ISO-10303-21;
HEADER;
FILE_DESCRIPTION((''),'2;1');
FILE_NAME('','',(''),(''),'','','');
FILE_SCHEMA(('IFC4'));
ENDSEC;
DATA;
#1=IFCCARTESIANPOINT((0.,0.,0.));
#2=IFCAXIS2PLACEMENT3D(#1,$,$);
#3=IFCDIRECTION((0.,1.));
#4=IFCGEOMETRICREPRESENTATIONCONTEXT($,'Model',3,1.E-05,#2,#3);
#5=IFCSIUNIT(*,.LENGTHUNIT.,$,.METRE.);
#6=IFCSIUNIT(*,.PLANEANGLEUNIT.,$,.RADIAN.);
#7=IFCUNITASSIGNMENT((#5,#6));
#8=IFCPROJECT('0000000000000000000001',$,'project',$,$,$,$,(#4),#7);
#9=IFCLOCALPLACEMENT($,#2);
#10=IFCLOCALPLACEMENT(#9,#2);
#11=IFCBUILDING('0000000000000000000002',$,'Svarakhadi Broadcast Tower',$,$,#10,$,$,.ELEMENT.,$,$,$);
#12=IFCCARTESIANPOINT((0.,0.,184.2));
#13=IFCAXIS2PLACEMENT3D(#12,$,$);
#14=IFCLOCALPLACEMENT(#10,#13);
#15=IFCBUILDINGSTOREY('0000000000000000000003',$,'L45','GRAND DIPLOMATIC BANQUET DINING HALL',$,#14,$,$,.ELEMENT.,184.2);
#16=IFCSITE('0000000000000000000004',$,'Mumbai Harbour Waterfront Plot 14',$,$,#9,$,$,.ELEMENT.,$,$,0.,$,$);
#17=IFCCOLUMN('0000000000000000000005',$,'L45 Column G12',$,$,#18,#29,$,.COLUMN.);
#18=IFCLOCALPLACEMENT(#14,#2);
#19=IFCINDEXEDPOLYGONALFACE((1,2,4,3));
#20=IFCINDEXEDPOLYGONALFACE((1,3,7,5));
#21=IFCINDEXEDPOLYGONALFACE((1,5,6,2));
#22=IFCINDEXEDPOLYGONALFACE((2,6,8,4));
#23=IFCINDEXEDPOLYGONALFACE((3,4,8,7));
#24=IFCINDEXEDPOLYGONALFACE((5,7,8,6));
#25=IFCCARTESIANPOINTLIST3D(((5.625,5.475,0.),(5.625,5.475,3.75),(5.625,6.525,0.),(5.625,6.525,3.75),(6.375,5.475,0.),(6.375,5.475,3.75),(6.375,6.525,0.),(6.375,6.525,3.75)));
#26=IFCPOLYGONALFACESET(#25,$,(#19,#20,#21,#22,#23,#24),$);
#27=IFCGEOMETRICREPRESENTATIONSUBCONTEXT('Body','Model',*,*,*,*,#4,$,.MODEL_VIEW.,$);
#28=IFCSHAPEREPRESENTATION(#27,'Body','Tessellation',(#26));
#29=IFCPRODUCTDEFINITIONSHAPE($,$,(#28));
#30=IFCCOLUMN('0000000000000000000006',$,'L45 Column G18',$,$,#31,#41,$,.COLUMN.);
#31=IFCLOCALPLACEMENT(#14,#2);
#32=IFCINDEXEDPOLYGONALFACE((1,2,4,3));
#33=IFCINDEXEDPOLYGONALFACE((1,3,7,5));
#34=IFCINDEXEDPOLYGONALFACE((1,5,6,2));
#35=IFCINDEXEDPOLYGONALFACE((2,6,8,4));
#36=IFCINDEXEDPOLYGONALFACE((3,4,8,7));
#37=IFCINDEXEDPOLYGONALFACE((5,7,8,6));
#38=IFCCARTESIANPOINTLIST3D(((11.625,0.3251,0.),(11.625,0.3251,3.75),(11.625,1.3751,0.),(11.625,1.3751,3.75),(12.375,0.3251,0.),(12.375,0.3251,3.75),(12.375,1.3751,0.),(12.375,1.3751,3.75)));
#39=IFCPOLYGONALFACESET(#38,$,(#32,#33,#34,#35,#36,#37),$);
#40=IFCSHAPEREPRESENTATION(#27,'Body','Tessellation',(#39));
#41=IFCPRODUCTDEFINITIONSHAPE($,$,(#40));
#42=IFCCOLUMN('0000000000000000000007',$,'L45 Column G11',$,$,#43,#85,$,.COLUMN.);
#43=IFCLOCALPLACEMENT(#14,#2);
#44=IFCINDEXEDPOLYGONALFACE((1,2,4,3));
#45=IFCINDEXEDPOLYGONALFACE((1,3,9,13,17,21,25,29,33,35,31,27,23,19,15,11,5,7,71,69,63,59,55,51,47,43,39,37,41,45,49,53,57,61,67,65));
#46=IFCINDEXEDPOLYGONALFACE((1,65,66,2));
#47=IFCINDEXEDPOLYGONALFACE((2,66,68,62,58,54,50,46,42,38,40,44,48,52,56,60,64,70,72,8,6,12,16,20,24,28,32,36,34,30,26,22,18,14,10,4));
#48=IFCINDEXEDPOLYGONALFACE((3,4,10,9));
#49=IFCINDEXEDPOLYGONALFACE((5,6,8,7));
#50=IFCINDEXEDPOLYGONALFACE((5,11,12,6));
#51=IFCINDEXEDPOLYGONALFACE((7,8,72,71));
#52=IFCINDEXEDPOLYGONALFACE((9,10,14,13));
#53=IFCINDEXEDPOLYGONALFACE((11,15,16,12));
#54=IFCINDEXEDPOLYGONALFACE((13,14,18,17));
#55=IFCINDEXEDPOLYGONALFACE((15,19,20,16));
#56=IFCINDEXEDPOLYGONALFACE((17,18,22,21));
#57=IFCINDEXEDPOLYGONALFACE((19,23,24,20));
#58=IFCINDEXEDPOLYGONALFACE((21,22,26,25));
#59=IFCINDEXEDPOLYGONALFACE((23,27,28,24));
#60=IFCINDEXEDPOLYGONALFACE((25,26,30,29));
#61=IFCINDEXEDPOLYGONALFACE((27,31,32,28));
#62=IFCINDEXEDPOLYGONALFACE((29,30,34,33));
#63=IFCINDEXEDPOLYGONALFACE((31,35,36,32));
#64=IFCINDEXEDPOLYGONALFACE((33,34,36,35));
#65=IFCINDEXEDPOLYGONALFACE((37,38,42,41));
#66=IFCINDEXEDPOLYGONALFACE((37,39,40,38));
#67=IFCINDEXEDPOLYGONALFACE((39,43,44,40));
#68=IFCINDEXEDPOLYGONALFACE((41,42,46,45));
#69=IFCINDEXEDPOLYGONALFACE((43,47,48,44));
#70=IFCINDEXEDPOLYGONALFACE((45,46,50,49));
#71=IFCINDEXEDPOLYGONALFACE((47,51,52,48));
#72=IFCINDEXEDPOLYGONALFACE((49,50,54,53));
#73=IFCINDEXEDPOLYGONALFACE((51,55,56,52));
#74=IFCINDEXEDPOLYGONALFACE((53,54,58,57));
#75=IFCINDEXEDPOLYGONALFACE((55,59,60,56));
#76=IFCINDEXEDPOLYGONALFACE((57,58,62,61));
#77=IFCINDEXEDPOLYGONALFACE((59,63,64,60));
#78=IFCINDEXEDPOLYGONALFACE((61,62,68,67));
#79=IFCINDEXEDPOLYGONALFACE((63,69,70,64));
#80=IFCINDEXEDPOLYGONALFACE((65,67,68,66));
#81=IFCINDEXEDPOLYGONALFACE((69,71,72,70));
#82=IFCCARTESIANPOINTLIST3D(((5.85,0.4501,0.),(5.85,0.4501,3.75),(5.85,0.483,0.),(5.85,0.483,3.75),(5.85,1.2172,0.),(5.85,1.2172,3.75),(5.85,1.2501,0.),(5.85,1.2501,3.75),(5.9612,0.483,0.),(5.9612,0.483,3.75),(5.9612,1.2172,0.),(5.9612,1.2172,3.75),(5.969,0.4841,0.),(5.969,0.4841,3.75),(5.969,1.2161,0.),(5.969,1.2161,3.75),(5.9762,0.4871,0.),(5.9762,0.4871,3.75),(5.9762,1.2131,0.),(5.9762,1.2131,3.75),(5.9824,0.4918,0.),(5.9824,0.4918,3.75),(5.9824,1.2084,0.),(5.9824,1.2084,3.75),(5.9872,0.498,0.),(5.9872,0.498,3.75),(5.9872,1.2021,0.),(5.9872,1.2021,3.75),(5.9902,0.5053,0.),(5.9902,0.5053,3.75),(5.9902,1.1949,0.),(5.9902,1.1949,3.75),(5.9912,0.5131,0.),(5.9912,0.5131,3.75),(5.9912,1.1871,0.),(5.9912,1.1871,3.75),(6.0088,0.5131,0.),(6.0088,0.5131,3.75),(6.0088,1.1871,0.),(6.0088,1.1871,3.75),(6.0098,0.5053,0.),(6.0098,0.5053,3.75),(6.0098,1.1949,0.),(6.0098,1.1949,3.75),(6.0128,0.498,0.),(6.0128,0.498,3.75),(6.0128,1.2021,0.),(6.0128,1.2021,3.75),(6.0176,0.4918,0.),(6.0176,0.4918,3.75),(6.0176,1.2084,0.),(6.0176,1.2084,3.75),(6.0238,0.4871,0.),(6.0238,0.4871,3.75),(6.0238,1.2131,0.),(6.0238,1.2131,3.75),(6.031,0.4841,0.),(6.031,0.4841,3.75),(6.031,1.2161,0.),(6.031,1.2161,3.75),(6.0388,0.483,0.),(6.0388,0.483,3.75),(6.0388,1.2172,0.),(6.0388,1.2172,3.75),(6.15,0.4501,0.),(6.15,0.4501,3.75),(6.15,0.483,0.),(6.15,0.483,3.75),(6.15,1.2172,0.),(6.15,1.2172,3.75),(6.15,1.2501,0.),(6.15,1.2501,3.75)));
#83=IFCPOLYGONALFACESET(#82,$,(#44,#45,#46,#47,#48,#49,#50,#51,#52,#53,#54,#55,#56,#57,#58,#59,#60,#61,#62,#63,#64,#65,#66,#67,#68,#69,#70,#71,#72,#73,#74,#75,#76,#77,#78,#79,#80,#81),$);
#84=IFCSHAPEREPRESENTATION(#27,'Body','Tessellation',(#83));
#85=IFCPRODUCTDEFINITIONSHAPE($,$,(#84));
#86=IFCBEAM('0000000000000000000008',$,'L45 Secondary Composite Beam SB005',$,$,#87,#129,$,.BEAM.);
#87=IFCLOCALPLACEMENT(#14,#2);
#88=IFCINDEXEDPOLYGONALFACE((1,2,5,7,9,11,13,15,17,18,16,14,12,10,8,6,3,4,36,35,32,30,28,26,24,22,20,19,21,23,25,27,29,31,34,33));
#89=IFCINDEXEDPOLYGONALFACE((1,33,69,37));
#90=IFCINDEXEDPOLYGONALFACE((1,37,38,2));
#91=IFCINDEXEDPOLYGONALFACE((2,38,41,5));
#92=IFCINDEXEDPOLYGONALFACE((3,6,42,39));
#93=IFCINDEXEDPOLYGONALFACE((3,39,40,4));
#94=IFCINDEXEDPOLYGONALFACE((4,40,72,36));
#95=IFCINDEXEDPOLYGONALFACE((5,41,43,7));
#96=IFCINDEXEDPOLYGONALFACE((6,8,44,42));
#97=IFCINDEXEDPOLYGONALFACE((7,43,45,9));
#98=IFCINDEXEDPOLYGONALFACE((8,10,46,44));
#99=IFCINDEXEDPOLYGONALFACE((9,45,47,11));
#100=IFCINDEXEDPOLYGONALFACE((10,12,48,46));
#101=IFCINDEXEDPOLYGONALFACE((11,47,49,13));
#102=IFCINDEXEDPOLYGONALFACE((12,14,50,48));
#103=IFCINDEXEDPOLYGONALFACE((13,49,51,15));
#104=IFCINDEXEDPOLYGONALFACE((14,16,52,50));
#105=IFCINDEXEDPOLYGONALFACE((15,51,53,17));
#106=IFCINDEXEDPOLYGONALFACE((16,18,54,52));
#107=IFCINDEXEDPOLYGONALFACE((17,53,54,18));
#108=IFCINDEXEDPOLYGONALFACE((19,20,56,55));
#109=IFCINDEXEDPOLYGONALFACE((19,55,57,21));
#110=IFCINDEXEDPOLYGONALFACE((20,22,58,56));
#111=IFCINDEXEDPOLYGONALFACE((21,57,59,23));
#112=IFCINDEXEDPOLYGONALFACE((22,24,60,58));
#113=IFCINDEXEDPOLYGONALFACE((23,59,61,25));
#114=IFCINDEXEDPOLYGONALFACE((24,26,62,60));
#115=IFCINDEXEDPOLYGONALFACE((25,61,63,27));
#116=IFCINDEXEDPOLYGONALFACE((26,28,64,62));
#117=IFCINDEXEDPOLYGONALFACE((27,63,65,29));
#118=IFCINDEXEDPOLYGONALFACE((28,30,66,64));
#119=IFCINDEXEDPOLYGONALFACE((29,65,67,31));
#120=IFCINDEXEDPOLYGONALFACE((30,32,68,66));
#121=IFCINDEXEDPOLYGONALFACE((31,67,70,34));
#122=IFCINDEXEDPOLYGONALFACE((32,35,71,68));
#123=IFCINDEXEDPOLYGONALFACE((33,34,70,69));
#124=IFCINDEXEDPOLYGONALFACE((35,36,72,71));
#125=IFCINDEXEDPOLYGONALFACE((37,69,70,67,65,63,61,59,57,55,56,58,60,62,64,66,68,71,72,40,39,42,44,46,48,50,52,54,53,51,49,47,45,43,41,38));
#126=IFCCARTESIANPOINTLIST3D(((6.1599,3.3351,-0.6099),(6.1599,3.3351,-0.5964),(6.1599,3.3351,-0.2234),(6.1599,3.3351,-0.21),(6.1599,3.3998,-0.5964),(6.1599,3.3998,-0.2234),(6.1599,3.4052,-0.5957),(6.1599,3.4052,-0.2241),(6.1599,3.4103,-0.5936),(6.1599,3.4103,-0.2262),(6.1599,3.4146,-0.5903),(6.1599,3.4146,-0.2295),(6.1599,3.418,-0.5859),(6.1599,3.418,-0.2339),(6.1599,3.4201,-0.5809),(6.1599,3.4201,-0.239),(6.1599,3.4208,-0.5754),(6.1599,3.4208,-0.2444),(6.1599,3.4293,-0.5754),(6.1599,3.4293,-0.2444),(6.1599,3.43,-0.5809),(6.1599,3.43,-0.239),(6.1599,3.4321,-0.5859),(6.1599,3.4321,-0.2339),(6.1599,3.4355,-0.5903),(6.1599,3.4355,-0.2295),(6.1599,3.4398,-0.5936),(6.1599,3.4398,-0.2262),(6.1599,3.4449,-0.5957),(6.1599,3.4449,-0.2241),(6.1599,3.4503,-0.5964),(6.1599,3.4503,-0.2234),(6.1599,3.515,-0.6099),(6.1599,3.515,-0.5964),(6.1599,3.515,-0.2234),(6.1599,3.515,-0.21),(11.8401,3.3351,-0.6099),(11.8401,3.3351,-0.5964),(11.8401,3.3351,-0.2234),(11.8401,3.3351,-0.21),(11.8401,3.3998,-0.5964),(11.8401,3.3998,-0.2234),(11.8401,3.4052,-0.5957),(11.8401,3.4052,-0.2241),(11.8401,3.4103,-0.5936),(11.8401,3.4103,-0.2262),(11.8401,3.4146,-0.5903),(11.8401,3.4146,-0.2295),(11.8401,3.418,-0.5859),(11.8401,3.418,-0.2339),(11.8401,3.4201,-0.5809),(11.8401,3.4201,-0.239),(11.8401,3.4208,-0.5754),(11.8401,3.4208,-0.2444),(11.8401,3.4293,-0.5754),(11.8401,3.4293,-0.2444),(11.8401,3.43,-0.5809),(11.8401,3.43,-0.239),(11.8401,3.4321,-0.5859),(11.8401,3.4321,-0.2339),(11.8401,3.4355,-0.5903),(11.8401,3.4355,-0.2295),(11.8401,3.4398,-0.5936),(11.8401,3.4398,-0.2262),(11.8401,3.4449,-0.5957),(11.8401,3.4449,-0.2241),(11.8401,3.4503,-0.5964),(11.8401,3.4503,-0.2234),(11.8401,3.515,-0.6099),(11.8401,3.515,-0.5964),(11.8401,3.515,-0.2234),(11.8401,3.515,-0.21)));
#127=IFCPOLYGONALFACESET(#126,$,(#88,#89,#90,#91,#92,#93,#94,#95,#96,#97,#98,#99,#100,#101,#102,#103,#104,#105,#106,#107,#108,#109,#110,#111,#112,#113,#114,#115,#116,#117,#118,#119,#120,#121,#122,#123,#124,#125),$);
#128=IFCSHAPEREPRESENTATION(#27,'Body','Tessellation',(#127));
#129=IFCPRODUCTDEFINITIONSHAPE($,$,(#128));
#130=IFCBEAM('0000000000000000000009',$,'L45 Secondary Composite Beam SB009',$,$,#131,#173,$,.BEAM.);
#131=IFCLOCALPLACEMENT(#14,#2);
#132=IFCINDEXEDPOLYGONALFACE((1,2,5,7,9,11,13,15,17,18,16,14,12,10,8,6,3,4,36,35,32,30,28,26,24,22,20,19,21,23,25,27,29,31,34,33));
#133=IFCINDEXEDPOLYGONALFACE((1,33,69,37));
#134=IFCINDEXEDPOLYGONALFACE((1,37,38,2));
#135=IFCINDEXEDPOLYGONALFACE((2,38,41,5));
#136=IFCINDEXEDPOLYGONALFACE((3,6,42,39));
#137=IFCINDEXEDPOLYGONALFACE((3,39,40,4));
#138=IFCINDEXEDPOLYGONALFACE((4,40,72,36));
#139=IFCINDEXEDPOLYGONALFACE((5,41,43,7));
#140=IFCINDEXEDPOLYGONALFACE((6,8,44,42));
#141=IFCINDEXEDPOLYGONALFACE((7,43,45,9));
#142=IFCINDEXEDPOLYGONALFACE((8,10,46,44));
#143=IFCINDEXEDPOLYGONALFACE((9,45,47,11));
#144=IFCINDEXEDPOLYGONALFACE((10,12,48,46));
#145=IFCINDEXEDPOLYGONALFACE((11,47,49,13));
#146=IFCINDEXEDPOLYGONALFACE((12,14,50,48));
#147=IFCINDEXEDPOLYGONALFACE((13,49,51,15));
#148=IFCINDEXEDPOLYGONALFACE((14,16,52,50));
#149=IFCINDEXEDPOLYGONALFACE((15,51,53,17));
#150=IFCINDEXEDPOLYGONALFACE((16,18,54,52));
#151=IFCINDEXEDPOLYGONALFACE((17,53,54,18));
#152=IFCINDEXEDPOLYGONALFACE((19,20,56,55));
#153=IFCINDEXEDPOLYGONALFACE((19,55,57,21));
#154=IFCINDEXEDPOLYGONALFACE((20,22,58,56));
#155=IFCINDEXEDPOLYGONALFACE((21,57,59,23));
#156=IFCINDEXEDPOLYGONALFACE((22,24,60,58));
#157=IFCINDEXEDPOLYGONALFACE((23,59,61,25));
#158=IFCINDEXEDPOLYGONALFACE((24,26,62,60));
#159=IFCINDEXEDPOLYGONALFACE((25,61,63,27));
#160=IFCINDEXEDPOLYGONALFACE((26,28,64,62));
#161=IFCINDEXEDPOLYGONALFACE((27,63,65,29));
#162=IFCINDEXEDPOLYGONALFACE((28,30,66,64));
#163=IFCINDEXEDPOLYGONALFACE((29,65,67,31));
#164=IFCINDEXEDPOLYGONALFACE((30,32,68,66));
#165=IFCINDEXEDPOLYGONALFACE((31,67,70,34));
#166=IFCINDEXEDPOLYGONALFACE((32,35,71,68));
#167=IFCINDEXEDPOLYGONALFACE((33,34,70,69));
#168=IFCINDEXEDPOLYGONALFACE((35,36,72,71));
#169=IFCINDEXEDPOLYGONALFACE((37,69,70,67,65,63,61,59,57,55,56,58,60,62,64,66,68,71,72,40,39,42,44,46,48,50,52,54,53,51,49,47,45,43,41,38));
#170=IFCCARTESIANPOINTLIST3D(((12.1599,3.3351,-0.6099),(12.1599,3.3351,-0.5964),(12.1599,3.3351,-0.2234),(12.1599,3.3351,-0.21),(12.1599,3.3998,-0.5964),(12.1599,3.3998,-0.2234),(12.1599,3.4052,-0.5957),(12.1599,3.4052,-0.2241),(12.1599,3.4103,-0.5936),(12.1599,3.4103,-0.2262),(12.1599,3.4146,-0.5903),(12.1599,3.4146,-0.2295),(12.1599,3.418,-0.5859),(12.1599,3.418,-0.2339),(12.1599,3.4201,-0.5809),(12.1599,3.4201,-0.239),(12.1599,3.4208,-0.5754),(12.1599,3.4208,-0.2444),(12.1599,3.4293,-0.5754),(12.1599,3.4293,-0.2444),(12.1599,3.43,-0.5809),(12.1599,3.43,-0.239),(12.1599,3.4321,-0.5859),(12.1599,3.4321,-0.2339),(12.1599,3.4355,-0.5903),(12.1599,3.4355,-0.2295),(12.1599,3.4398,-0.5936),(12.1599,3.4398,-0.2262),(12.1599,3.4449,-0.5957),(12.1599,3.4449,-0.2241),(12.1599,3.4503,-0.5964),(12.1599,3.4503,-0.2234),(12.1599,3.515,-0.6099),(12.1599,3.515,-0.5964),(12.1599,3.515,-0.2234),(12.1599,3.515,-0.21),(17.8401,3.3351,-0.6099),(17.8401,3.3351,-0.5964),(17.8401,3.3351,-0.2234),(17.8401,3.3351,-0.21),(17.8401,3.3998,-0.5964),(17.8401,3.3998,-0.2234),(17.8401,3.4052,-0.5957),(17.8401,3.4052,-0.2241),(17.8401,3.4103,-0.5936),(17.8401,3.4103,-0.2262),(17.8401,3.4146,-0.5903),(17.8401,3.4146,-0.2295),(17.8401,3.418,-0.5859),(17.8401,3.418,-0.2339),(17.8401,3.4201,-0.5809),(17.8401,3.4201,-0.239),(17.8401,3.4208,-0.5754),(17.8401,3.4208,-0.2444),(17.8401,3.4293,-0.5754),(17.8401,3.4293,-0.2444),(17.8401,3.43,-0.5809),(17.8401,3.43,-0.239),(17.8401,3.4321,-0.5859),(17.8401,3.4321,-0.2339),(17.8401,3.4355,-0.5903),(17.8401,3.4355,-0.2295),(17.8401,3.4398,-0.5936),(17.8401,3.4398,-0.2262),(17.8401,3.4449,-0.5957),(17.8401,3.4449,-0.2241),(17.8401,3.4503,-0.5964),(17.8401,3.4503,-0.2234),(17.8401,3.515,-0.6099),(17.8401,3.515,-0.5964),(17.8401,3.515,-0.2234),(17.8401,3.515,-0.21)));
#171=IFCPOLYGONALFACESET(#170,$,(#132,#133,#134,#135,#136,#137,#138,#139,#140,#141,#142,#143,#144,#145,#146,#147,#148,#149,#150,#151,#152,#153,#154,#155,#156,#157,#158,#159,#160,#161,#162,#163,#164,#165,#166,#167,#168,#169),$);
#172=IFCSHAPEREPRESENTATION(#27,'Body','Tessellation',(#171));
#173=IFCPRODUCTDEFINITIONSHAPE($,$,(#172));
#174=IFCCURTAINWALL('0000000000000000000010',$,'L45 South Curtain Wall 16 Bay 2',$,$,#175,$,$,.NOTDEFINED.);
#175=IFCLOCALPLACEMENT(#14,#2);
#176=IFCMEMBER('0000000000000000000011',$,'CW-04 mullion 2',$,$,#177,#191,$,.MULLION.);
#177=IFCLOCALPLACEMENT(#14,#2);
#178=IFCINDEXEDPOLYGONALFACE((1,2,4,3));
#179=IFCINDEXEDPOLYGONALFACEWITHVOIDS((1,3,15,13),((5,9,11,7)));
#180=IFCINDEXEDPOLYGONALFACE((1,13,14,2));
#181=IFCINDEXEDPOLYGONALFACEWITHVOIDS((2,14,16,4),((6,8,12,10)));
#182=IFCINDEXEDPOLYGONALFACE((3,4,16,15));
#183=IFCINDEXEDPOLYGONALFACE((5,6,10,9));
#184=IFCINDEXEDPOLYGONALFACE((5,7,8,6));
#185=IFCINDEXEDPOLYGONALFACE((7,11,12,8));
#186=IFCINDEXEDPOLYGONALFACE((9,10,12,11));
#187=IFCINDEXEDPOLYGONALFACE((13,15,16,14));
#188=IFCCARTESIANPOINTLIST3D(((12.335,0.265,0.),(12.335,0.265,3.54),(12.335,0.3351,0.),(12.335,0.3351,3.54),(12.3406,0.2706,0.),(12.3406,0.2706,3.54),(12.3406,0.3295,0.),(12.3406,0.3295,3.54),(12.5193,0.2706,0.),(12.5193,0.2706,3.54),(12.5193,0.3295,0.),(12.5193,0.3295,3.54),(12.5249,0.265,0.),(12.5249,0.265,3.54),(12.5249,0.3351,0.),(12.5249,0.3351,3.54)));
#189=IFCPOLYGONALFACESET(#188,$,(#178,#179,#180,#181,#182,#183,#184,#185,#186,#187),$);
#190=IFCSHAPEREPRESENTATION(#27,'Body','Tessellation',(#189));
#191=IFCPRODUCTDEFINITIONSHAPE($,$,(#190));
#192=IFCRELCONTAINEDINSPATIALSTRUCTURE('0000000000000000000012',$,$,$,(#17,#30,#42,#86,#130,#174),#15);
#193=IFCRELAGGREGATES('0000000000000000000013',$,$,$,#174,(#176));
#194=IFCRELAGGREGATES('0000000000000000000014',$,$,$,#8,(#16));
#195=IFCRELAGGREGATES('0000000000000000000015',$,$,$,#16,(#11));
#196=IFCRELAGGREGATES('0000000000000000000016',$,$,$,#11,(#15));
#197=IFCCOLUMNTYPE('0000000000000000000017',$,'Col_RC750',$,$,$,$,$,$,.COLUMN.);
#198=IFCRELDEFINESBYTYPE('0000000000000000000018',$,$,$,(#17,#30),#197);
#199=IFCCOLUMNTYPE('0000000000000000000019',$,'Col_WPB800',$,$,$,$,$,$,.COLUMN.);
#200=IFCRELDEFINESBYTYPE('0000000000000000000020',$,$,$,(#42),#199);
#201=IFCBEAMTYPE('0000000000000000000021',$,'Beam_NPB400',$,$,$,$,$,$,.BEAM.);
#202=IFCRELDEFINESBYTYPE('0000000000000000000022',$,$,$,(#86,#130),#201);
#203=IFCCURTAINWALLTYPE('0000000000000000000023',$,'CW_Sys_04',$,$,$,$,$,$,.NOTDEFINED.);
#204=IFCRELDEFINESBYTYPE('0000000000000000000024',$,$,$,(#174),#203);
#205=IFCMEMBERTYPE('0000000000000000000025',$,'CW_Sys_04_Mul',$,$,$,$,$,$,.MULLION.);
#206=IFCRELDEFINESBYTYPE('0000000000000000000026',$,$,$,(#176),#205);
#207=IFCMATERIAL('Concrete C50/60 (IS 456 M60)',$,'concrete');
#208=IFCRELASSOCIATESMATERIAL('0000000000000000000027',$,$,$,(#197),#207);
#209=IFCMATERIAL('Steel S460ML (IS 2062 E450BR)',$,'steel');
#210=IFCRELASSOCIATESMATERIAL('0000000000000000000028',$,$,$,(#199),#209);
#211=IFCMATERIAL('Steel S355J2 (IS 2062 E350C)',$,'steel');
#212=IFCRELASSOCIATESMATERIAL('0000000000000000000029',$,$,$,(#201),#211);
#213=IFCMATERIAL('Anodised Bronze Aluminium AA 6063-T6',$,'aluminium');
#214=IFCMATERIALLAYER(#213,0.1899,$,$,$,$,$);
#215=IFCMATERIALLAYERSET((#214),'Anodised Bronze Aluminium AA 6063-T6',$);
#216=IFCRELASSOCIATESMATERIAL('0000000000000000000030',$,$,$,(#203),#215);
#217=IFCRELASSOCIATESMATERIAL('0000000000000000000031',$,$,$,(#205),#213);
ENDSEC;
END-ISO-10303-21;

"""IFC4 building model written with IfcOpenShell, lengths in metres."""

from ifc_helpers import new_model, si_unit, direction, frame, origin, origin_2d, place, context, subcontext, project, spatial, rectangle, hollow_rectangle, i_section, extrude, material, layer, layer_set, material_profile, profile_set, type_object, element, aggregate, save


model = new_model("IFC4")

# Units and contexts
model_context = context("Model", 3, precision=1e-05, world=origin(), true_north=direction((0.0, 1.0)))
body_context = subcontext(model_context, "Body", "Model", "MODEL_VIEW")
ifc_project = project(units=[si_unit("LENGTHUNIT", "METRE"), si_unit("PLANEANGLEUNIT", "RADIAN")], contexts=[model_context])

# Site, building, storey
site_placement = place(None, origin())
site = spatial("IfcSite", under=ifc_project, at=site_placement, Name="Mumbai Harbour Waterfront Plot 14", CompositionType="ELEMENT", RefElevation=0.0)
building_placement = place(site_placement, origin())
building = spatial("IfcBuilding", under=site, at=building_placement, Name="Svarakhadi Broadcast Tower", CompositionType="ELEMENT")
storey_placement = place(building_placement, frame((0.0, 0.0, 184.2)))
storey = spatial("IfcBuildingStorey", under=building, at=storey_placement, Name="L45", Description="GRAND DIPLOMATIC BANQUET DINING HALL", CompositionType="ELEMENT", Elevation=184.2)

# Columns
ifc_material_1 = material(Name="Concrete C50/60 (IS 456 M60)", Category="concrete")
ifc_material_profile_1 = material_profile(ifc_material_1, rectangle(XDim=0.75, YDim=1.05, at=origin_2d()), Name="RC 750x1050")
ifc_profile_set_1 = profile_set([ifc_material_profile_1], Name="Concrete C50/60 (IS 456 M60)")
column_type_1 = type_object("IfcColumnType", Name="Col_RC750", PredefinedType="COLUMN", material=ifc_profile_set_1)
for number, where, z_axis, x_axis, name in (
    (1, (6.0, 6.0, 0.0), (0.0, 0.0, 1.0), (1.0, 0.0, 0.0), "L45 Column G12"),
    (2, (12.0, 0.8501, 0.0), (0.0, 0.0, 1.0), (1.0, 0.0, 0.0), "L45 Column G18"),
):
    element("IfcColumn", number, at=place(storey_placement, frame(where, z_axis=z_axis, x_axis=x_axis)), inside=storey, type_object=column_type_1, Name=name, PredefinedType="COLUMN", context=body_context, shape_type="SweptSolid", body=[
        extrude(rectangle(XDim=0.75, YDim=1.05, at=origin_2d()), origin(), (0.0, 0.0, 1.0), 3.75),
    ])
ifc_material_2 = material(Name="Steel S460ML (IS 2062 E450BR)", Category="steel")
ifc_material_profile_2 = material_profile(ifc_material_2, i_section(OverallWidth=0.3, OverallDepth=0.8, WebThickness=0.0176, FlangeThickness=0.033, FilletRadius=0.03, at=origin_2d()), Name="WPB 800x300x262")
ifc_profile_set_2 = profile_set([ifc_material_profile_2], Name="Steel S460ML (IS 2062 E450BR)")
column_type_2 = type_object("IfcColumnType", Name="Col_WPB800", PredefinedType="COLUMN", material=ifc_profile_set_2)
column_placement = place(storey_placement, frame((6.0, 0.8501, 0.0), z_axis=(0.0, 0.0, 1.0), x_axis=(1.0, 0.0, 0.0)))
element("IfcColumn", 3, at=column_placement, inside=storey, type_object=column_type_2, Name="L45 Column G11", PredefinedType="COLUMN", context=body_context, shape_type="SweptSolid", body=[
    extrude(i_section(OverallWidth=0.3, OverallDepth=0.8, WebThickness=0.0176, FlangeThickness=0.033, FilletRadius=0.03, at=origin_2d()), origin(), (0.0, 0.0, 1.0), 3.75),
])

# Beams
ifc_material_3 = material(Name="Steel S355J2 (IS 2062 E350C)", Category="steel")
ifc_material_profile_3 = material_profile(ifc_material_3, i_section(OverallWidth=0.1799, OverallDepth=0.3999, WebThickness=0.0085, FlangeThickness=0.0134, FilletRadius=0.021, at=origin_2d()), Name="NPB 400x180x66")
ifc_profile_set_3 = profile_set([ifc_material_profile_3], Name="Steel S355J2 (IS 2062 E350C)")
beam_type_1 = type_object("IfcBeamType", Name="Beam_NPB400", PredefinedType="BEAM", material=ifc_profile_set_3)
for number, where, z_axis, x_axis, name in (
    (4, (6.1599, 3.425, -0.4099), (1.0, 0.0, 0.0), (0.0, 1.0, 0.0), "L45 Secondary Composite Beam SB005"),
    (5, (12.1599, 3.425, -0.4099), (1.0, 0.0, 0.0), (0.0, 1.0, 0.0), "L45 Secondary Composite Beam SB009"),
):
    element("IfcBeam", number, at=place(storey_placement, frame(where, z_axis=z_axis, x_axis=x_axis)), inside=storey, type_object=beam_type_1, Name=name, PredefinedType="BEAM", context=body_context, shape_type="SweptSolid", body=[
        extrude(i_section(OverallWidth=0.1799, OverallDepth=0.3999, WebThickness=0.0085, FlangeThickness=0.0134, FilletRadius=0.021, at=origin_2d()), origin(), (0.0, 0.0, 1.0), 5.6802),
    ])

# Curtain wall, member
ifc_material_4 = material(Name="Anodised Bronze Aluminium AA 6063-T6", Category="aluminium")
ifc_layer_1 = layer(ifc_material_4, 0.1899)
ifc_layer_set_1 = layer_set([ifc_layer_1], Name="Anodised Bronze Aluminium AA 6063-T6")
curtain_wall_type = type_object("IfcCurtainWallType", Name="CW_Sys_04", PredefinedType="NOTDEFINED", material=ifc_layer_set_1)
curtain_wall_1_placement = place(storey_placement, origin())
curtain_wall_1 = element("IfcCurtainWall", 6, at=curtain_wall_1_placement, inside=storey, type_object=curtain_wall_type, Name="L45 South Curtain Wall 16 Bay 2", PredefinedType="NOTDEFINED")
ifc_material_profile_4 = material_profile(ifc_material_4, hollow_rectangle(XDim=0.0701, YDim=0.1899, WallThickness=0.0056, at=origin_2d()), Name="ALU MULLION 190x70x6")
ifc_profile_set_4 = profile_set([ifc_material_profile_4], Name="Anodised Bronze Aluminium AA 6063-T6")
member_type_1 = type_object("IfcMemberType", Name="CW_Sys_04_Mul", PredefinedType="MULLION", material=ifc_profile_set_4)
member_1_placement = place(storey_placement, frame((12.4299, 0.3, 0.0), z_axis=(0.0, 0.0, 1.0), x_axis=(0.0, -1.0, 0.0)))
member_1 = element("IfcMember", 7, at=member_1_placement, type_object=member_type_1, Name="CW-04 mullion 2", PredefinedType="MULLION", context=body_context, shape_type="SweptSolid", body=[
    extrude(hollow_rectangle(XDim=0.0701, YDim=0.1899, WallThickness=0.0056, at=origin_2d()), origin(), (0.0, 0.0, 1.0), 3.54),
])
aggregate(curtain_wall_1, [member_1])

save(model, "model.ifc")
